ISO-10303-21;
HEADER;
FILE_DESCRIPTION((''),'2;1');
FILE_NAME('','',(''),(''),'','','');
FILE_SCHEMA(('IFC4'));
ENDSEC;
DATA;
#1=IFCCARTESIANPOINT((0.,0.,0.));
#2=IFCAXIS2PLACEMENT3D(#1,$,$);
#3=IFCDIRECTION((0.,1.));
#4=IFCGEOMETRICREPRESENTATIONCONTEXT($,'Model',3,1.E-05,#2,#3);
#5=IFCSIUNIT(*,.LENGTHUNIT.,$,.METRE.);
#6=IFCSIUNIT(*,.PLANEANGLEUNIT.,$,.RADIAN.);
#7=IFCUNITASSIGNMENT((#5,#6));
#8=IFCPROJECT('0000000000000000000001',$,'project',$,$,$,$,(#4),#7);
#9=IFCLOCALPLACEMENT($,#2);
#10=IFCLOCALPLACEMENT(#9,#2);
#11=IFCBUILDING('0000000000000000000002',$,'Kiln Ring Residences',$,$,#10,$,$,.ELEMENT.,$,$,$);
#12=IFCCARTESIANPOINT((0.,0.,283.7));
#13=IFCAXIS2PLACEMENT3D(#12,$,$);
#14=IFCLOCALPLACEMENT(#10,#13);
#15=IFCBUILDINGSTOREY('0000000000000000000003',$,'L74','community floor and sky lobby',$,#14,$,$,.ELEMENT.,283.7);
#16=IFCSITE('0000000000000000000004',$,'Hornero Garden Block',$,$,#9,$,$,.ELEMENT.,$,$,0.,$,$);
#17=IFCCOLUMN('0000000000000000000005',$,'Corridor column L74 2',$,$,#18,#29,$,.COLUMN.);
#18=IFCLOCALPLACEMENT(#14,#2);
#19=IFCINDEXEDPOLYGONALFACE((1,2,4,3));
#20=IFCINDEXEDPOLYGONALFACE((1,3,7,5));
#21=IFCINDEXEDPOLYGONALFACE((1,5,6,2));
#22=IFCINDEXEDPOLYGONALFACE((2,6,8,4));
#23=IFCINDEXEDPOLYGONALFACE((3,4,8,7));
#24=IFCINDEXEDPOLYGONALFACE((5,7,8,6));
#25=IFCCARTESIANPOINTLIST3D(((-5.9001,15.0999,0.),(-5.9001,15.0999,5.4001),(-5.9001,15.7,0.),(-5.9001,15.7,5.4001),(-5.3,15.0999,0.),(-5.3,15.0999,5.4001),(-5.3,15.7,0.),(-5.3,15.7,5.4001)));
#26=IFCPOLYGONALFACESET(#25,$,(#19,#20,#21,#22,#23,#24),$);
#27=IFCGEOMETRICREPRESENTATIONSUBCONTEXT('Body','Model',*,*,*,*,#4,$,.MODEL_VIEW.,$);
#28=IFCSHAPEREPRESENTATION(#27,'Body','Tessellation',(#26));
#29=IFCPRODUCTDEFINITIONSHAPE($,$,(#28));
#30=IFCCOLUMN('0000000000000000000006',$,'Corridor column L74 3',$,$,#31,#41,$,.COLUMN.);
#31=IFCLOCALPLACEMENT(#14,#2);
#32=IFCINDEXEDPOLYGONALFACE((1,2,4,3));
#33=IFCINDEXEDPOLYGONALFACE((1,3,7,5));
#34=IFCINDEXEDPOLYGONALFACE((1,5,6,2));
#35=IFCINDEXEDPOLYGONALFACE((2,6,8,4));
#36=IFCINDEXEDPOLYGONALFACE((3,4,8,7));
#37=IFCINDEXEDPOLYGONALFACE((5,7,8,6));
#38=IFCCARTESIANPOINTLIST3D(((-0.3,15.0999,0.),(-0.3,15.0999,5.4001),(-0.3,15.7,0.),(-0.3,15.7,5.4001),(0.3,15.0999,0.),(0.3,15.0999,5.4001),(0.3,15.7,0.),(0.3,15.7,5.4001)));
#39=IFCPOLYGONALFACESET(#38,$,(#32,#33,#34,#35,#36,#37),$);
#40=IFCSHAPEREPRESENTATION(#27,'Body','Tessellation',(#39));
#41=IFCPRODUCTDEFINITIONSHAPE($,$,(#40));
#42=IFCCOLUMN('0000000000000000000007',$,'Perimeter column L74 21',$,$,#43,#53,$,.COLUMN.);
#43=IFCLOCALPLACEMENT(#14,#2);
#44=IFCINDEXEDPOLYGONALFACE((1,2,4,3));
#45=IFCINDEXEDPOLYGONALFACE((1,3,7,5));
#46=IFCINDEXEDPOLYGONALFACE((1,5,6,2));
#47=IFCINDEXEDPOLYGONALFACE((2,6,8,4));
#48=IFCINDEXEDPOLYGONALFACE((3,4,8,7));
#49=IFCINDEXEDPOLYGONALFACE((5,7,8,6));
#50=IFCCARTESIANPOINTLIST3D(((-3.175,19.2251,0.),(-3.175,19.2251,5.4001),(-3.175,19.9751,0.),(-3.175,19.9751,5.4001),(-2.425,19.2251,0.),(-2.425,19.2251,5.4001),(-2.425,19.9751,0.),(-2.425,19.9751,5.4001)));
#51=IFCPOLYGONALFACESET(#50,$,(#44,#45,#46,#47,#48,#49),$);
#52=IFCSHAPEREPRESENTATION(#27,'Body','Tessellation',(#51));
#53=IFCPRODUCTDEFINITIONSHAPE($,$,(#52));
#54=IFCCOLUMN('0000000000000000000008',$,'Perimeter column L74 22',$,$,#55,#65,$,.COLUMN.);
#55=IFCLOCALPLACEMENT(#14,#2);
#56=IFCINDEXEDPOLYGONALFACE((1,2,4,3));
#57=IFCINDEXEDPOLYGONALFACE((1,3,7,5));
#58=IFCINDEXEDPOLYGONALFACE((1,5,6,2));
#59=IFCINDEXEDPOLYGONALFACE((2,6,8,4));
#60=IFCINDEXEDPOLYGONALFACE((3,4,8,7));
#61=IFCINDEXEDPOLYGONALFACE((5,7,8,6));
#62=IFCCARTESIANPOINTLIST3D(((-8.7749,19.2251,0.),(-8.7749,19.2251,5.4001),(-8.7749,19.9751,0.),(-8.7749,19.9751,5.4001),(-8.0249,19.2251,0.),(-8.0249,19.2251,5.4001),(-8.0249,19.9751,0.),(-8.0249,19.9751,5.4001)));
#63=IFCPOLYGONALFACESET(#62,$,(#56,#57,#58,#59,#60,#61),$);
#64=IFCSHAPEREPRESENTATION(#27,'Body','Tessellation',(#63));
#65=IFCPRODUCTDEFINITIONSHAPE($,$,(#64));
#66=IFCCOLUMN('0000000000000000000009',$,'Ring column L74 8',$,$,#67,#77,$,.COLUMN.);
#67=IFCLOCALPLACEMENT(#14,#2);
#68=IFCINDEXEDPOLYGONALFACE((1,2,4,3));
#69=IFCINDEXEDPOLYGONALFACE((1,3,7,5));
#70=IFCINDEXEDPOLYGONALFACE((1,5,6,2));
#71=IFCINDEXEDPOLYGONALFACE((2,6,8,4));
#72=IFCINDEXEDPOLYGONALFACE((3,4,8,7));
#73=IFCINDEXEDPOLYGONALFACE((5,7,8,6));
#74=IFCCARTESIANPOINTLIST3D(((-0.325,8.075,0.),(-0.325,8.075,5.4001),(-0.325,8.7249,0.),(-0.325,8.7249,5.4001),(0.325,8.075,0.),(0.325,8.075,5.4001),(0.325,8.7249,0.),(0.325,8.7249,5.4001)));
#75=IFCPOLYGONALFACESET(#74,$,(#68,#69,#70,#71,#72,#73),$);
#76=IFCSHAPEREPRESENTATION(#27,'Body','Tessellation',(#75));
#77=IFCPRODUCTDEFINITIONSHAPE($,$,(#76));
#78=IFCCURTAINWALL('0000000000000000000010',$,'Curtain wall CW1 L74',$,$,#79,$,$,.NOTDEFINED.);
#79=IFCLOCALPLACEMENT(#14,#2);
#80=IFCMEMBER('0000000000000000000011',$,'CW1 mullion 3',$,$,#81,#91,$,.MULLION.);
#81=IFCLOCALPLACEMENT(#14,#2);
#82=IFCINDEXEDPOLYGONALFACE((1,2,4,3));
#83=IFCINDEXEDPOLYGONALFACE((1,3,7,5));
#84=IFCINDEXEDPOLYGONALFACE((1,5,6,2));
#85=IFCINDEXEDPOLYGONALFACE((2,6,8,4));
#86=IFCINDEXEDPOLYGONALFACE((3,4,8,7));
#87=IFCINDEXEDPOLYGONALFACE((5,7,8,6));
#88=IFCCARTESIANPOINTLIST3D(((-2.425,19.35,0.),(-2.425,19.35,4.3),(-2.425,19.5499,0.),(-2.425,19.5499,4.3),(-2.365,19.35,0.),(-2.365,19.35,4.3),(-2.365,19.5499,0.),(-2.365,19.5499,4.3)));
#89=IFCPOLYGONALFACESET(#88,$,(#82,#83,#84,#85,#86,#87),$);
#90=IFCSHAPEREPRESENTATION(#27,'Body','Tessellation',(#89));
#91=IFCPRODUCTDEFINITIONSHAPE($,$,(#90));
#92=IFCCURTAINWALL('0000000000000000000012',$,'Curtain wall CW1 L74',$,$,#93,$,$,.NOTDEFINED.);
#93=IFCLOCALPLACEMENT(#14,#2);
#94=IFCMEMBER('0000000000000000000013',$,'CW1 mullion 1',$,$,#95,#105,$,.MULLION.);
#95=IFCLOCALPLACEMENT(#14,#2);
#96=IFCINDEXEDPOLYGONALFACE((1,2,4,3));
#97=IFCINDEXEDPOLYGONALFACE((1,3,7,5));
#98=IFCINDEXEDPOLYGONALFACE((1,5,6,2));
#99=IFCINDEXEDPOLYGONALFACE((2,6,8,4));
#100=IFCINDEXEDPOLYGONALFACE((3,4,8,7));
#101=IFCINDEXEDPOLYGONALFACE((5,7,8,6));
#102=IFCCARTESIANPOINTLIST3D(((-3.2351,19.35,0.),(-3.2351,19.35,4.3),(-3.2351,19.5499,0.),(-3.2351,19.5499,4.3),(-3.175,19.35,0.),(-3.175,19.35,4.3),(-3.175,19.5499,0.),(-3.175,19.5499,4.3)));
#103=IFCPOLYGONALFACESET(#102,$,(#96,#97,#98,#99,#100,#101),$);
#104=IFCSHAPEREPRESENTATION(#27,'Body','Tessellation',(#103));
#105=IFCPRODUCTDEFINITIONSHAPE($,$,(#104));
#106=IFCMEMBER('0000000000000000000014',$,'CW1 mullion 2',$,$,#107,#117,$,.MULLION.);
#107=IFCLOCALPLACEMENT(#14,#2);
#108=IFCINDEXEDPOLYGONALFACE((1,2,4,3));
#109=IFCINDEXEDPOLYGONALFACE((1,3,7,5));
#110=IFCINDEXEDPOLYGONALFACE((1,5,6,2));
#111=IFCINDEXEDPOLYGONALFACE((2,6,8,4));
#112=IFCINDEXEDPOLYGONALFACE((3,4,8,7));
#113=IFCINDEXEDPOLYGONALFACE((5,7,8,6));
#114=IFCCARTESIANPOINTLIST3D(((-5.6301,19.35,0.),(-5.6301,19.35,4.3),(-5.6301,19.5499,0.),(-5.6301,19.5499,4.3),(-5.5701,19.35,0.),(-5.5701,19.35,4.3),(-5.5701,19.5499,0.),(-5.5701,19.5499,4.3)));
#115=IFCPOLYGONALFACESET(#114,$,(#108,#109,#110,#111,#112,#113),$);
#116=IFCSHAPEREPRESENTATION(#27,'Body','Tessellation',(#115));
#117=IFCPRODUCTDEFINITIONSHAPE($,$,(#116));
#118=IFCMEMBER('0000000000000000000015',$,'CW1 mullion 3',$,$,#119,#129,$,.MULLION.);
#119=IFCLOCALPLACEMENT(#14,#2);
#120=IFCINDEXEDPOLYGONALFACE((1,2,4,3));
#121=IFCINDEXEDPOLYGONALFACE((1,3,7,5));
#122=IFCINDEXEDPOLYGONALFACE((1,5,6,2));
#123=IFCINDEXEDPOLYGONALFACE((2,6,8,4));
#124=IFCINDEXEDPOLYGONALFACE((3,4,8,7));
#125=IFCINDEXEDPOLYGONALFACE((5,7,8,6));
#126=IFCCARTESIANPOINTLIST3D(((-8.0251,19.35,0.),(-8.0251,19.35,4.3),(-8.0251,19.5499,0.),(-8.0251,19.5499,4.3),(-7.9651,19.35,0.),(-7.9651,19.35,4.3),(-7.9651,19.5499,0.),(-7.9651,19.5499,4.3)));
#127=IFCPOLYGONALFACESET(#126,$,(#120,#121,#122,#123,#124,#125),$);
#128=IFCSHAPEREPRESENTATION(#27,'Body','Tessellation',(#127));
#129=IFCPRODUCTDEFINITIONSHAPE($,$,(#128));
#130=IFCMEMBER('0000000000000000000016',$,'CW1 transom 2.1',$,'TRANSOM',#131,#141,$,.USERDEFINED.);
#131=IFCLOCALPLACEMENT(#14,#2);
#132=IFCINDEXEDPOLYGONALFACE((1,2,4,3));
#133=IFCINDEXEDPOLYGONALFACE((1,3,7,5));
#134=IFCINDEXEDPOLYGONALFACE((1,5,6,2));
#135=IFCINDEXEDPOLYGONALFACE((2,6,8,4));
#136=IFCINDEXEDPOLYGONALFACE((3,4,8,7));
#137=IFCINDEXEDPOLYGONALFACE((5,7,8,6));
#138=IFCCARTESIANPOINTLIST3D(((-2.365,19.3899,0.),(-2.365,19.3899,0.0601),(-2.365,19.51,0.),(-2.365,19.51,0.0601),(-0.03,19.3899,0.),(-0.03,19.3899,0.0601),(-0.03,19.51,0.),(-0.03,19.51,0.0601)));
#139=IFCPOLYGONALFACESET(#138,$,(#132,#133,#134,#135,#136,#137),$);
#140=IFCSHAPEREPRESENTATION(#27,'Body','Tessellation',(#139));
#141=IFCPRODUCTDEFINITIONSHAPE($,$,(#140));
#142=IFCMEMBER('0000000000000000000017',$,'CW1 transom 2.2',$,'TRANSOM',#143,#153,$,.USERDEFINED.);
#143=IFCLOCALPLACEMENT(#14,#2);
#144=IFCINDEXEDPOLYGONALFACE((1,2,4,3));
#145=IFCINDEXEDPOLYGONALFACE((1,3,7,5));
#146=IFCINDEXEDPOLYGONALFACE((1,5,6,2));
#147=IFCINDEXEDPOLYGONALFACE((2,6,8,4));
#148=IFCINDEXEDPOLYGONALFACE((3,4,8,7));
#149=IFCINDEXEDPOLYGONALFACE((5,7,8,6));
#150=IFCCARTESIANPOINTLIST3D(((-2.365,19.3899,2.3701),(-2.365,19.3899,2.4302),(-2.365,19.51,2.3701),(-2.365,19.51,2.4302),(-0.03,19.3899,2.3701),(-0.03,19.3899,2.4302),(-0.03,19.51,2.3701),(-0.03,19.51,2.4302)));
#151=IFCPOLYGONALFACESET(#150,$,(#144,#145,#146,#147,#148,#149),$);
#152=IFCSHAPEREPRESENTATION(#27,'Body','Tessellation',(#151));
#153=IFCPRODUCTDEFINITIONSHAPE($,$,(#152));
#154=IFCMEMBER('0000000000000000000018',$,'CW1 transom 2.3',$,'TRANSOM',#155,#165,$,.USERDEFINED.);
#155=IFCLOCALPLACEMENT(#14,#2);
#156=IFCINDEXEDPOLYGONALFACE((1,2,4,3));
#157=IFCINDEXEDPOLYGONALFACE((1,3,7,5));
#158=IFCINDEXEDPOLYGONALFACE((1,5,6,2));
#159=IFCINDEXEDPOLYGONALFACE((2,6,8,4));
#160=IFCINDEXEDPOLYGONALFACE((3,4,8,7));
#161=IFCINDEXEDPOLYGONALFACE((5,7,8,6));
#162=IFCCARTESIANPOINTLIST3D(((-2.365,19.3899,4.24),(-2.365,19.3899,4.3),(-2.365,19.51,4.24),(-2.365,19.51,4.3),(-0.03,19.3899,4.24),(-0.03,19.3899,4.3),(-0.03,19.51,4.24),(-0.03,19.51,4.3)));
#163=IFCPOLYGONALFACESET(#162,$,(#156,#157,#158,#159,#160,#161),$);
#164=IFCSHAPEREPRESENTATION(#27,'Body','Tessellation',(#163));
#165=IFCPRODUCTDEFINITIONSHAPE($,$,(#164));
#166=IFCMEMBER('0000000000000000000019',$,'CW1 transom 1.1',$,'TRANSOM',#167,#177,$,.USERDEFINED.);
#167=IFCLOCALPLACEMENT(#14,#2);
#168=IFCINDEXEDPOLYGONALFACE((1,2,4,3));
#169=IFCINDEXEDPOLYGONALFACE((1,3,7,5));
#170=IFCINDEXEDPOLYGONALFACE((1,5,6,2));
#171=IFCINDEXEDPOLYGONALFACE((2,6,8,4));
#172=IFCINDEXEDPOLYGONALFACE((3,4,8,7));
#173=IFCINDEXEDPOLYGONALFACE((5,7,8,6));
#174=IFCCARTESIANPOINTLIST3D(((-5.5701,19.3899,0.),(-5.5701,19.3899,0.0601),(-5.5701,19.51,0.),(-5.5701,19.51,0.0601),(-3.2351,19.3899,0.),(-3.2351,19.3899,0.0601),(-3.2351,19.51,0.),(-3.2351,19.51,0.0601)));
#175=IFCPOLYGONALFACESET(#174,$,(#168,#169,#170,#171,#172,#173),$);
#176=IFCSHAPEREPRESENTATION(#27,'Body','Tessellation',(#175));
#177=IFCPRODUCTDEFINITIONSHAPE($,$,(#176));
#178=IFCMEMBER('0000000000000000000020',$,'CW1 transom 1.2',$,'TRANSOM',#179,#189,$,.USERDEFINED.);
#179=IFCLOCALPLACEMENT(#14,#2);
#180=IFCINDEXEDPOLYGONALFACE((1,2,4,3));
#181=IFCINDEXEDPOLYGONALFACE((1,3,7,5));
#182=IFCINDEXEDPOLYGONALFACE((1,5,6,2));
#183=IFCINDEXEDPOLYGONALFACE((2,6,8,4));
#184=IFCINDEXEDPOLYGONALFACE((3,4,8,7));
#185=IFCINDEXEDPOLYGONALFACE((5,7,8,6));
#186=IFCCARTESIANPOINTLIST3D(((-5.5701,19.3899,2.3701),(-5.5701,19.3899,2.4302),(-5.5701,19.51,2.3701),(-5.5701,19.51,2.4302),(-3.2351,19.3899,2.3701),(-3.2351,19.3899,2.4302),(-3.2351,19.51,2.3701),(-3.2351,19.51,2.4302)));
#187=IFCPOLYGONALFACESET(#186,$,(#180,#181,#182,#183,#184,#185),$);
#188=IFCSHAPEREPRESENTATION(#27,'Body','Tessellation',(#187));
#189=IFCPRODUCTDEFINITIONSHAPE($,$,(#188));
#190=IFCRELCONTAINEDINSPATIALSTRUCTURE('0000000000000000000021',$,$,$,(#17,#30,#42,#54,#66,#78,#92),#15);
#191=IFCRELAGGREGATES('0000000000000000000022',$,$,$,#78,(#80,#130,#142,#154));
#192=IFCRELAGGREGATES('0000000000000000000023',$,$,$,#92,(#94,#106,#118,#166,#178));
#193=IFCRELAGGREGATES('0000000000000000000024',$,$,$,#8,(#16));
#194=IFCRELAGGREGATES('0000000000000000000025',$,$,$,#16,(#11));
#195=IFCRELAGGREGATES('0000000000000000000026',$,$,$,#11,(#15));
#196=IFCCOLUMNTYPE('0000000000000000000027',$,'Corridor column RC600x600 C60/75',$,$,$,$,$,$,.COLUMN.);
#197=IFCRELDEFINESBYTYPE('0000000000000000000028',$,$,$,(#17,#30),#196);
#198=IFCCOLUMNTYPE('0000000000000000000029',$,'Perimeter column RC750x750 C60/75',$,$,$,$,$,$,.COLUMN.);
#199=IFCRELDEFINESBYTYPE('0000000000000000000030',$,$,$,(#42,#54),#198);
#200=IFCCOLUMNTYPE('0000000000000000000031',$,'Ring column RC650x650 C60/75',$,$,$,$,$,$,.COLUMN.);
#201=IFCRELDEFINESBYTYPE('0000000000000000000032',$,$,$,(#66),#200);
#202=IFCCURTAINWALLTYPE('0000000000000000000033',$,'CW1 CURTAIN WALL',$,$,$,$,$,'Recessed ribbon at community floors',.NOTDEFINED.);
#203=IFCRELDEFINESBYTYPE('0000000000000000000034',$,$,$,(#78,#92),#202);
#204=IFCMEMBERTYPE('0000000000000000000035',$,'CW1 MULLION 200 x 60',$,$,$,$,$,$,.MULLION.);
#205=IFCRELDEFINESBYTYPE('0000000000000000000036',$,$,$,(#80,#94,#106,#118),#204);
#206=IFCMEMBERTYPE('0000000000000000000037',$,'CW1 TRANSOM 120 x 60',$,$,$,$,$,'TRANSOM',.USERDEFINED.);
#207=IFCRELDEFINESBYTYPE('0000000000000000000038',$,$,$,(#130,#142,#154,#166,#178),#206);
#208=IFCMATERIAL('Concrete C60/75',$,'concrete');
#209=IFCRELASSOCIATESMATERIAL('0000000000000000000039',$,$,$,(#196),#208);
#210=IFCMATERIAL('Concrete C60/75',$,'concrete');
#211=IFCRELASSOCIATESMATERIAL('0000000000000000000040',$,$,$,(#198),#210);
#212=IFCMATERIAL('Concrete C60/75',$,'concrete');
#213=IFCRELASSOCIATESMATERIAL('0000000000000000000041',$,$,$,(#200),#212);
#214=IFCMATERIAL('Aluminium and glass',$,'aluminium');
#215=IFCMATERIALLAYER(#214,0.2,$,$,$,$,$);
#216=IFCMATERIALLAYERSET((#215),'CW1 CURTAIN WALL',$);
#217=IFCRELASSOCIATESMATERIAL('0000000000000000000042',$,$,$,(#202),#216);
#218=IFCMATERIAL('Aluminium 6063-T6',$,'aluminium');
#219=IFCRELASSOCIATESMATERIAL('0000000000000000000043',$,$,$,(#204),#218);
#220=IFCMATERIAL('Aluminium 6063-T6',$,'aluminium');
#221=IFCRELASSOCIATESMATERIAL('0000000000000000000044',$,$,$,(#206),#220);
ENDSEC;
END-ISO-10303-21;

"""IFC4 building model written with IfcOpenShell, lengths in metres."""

from ifc_helpers import new_model, si_unit, direction, frame, origin, origin_2d, place, context, subcontext, project, spatial, rectangle, extrude, material, layer, layer_set, material_profile, profile_set, type_object, element, aggregate, save


model = new_model("IFC4")

# Units and contexts
model_context = context("Model", 3, precision=1e-05, world=origin(), true_north=direction((0.0, 1.0)))
body_context = subcontext(model_context, "Body", "Model", "MODEL_VIEW")
ifc_project = project(units=[si_unit("LENGTHUNIT", "METRE"), si_unit("PLANEANGLEUNIT", "RADIAN")], contexts=[model_context])

# Site, building, storey
site_placement = place(None, origin())
site = spatial("IfcSite", under=ifc_project, at=site_placement, Name="Hornero Garden Block", CompositionType="ELEMENT", RefElevation=0.0)
building_placement = place(site_placement, origin())
building = spatial("IfcBuilding", under=site, at=building_placement, Name="Kiln Ring Residences", CompositionType="ELEMENT")
storey_placement = place(building_placement, frame((0.0, 0.0, 283.7)))
storey = spatial("IfcBuildingStorey", under=building, at=storey_placement, Name="L74", Description="community floor and sky lobby", CompositionType="ELEMENT", Elevation=283.7)

# Columns
ifc_material_1 = material(Name="Concrete C60/75", Category="concrete")
ifc_material_profile_1 = material_profile(ifc_material_1, rectangle(XDim=0.6001, YDim=0.6001, at=origin_2d()), Name="RC600x600")
ifc_profile_set_1 = profile_set([ifc_material_profile_1], Name="Concrete C60/75")
column_type_1 = type_object("IfcColumnType", Name="Corridor column RC600x600 C60/75", PredefinedType="COLUMN", material=ifc_profile_set_1)
for number, where, z_axis, x_axis, name in (
    (1, (-5.6001, 15.3999, 0.0), (0.0, 0.0, 1.0), (1.0, 0.0, 0.0), "Corridor column L74 2"),
    (2, (0.0, 15.3999, 0.0), (0.0, 0.0, 1.0), (1.0, 0.0, 0.0), "Corridor column L74 3"),
):
    element("IfcColumn", number, at=place(storey_placement, frame(where, z_axis=z_axis, x_axis=x_axis)), inside=storey, type_object=column_type_1, Name=name, PredefinedType="COLUMN", context=body_context, shape_type="SweptSolid", body=[
        extrude(rectangle(XDim=0.6001, YDim=0.6001, at=origin_2d()), origin(), (0.0, 0.0, 1.0), 5.4001),
    ])
ifc_material_2 = material(Name="Concrete C60/75", Category="concrete")
ifc_material_profile_2 = material_profile(ifc_material_2, rectangle(XDim=0.75, YDim=0.75, at=origin_2d()), Name="RC750x750")
ifc_profile_set_2 = profile_set([ifc_material_profile_2], Name="Concrete C60/75")
column_type_2 = type_object("IfcColumnType", Name="Perimeter column RC750x750 C60/75", PredefinedType="COLUMN", material=ifc_profile_set_2)
for number, where, z_axis, x_axis, name in (
    (3, (-2.8, 19.6001, 0.0), (0.0, 0.0, 1.0), (1.0, 0.0, 0.0), "Perimeter column L74 21"),
    (4, (-8.3999, 19.6001, 0.0), (0.0, 0.0, 1.0), (1.0, 0.0, 0.0), "Perimeter column L74 22"),
):
    element("IfcColumn", number, at=place(storey_placement, frame(where, z_axis=z_axis, x_axis=x_axis)), inside=storey, type_object=column_type_2, Name=name, PredefinedType="COLUMN", context=body_context, shape_type="SweptSolid", body=[
        extrude(rectangle(XDim=0.75, YDim=0.75, at=origin_2d()), origin(), (0.0, 0.0, 1.0), 5.4001),
    ])
ifc_material_3 = material(Name="Concrete C60/75", Category="concrete")
ifc_material_profile_3 = material_profile(ifc_material_3, rectangle(XDim=0.6499, YDim=0.6499, at=origin_2d()), Name="RC650x650")
ifc_profile_set_3 = profile_set([ifc_material_profile_3], Name="Concrete C60/75")
column_type_3 = type_object("IfcColumnType", Name="Ring column RC650x650 C60/75", PredefinedType="COLUMN", material=ifc_profile_set_3)
column_placement = place(storey_placement, frame((0.0, 8.3999, 0.0), z_axis=(0.0, 0.0, 1.0), x_axis=(1.0, 0.0, 0.0)))
element("IfcColumn", 5, at=column_placement, inside=storey, type_object=column_type_3, Name="Ring column L74 8", PredefinedType="COLUMN", context=body_context, shape_type="SweptSolid", body=[
    extrude(rectangle(XDim=0.6499, YDim=0.6499, at=origin_2d()), origin(), (0.0, 0.0, 1.0), 5.4001),
])

# Curtain wall, member
ifc_material_4 = material(Name="Aluminium and glass", Category="aluminium")
ifc_layer_1 = layer(ifc_material_4, 0.2)
ifc_layer_set_1 = layer_set([ifc_layer_1], Name="CW1 CURTAIN WALL")
curtain_wall_type = type_object("IfcCurtainWallType", Name="CW1 CURTAIN WALL", ElementType="Recessed ribbon at community floors", PredefinedType="NOTDEFINED", material=ifc_layer_set_1)
placement = place(storey_placement, origin())
curtain_wall_1 = element("IfcCurtainWall", 6, at=placement, inside=storey, type_object=curtain_wall_type, Name="Curtain wall CW1 L74", PredefinedType="NOTDEFINED")
ifc_material_5 = material(Name="Aluminium 6063-T6", Category="aluminium")
ifc_material_profile_4 = material_profile(ifc_material_5, rectangle(XDim=0.2, YDim=0.0601, at=origin_2d()), Name="AL 200x60")
ifc_profile_set_4 = profile_set([ifc_material_profile_4], Name="Aluminium 6063-T6")
member_type_1 = type_object("IfcMemberType", Name="CW1 MULLION 200 x 60", PredefinedType="MULLION", material=ifc_profile_set_4)
member_1_placement = place(storey_placement, frame((-2.395, 19.45, 0.0), z_axis=(0.0, 0.0, 1.0), x_axis=(0.0, -1.0, 0.0)))
member_1 = element("IfcMember", 7, at=member_1_placement, type_object=member_type_1, Name="CW1 mullion 3", PredefinedType="MULLION", context=body_context, shape_type="SweptSolid", body=[
    extrude(rectangle(XDim=0.2, YDim=0.0601, at=origin_2d()), origin(), (0.0, 0.0, 1.0), 4.3),
])

# Curtain wall, members
curtain_wall_2 = element("IfcCurtainWall", 8, at=placement, inside=storey, type_object=curtain_wall_type, Name="Curtain wall CW1 L74", PredefinedType="NOTDEFINED")
member_2_placement = place(storey_placement, frame((-3.2051, 19.45, 0.0), z_axis=(0.0, 0.0, 1.0), x_axis=(0.0, -1.0, 0.0)))
member_2 = element("IfcMember", 9, at=member_2_placement, type_object=member_type_1, Name="CW1 mullion 1", PredefinedType="MULLION", context=body_context, shape_type="SweptSolid", body=[
    extrude(rectangle(XDim=0.2, YDim=0.0601, at=origin_2d()), origin(), (0.0, 0.0, 1.0), 4.3),
])
member_3_placement = place(storey_placement, frame((-5.6001, 19.45, 0.0), z_axis=(0.0, 0.0, 1.0), x_axis=(0.0, -1.0, 0.0)))
member_3 = element("IfcMember", 10, at=member_3_placement, type_object=member_type_1, Name="CW1 mullion 2", PredefinedType="MULLION", context=body_context, shape_type="SweptSolid", body=[
    extrude(rectangle(XDim=0.2, YDim=0.0601, at=origin_2d()), origin(), (0.0, 0.0, 1.0), 4.3),
])
member_4_placement = place(storey_placement, frame((-7.9951, 19.45, 0.0), z_axis=(0.0, 0.0, 1.0), x_axis=(0.0, -1.0, 0.0)))
member_4 = element("IfcMember", 11, at=member_4_placement, type_object=member_type_1, Name="CW1 mullion 3", PredefinedType="MULLION", context=body_context, shape_type="SweptSolid", body=[
    extrude(rectangle(XDim=0.2, YDim=0.0601, at=origin_2d()), origin(), (0.0, 0.0, 1.0), 4.3),
])

# Members
ifc_material_6 = material(Name="Aluminium 6063-T6", Category="aluminium")
ifc_material_profile_5 = material_profile(ifc_material_6, rectangle(XDim=0.1201, YDim=0.0601, at=origin_2d()), Name="AL 120x60")
ifc_profile_set_5 = profile_set([ifc_material_profile_5], Name="Aluminium 6063-T6")
member_type_2 = type_object("IfcMemberType", Name="CW1 TRANSOM 120 x 60", ElementType="TRANSOM", PredefinedType="USERDEFINED", material=ifc_profile_set_5)
member_5_placement = place(storey_placement, frame((-0.03, 19.45, 0.03), z_axis=(-1.0, 0.0, 0.0), x_axis=(0.0, -1.0, 0.0)))
member_5 = element("IfcMember", 12, at=member_5_placement, type_object=member_type_2, Name="CW1 transom 2.1", ObjectType="TRANSOM", PredefinedType="USERDEFINED", context=body_context, shape_type="SweptSolid", body=[
    extrude(rectangle(XDim=0.1201, YDim=0.0601, at=origin_2d()), origin(), (0.0, 0.0, 1.0), 2.335),
])
member_6_placement = place(storey_placement, frame((-0.03, 19.45, 2.4001), z_axis=(-1.0, 0.0, 0.0), x_axis=(0.0, -1.0, 0.0)))
member_6 = element("IfcMember", 13, at=member_6_placement, type_object=member_type_2, Name="CW1 transom 2.2", ObjectType="TRANSOM", PredefinedType="USERDEFINED", context=body_context, shape_type="SweptSolid", body=[
    extrude(rectangle(XDim=0.1201, YDim=0.0601, at=origin_2d()), origin(), (0.0, 0.0, 1.0), 2.335),
])
member_7_placement = place(storey_placement, frame((-0.03, 19.45, 4.27), z_axis=(-1.0, 0.0, 0.0), x_axis=(0.0, -1.0, 0.0)))
member_7 = element("IfcMember", 14, at=member_7_placement, type_object=member_type_2, Name="CW1 transom 2.3", ObjectType="TRANSOM", PredefinedType="USERDEFINED", context=body_context, shape_type="SweptSolid", body=[
    extrude(rectangle(XDim=0.1201, YDim=0.0601, at=origin_2d()), origin(), (0.0, 0.0, 1.0), 2.335),
])
member_8_placement = place(storey_placement, frame((-3.2351, 19.45, 0.03), z_axis=(-1.0, 0.0, 0.0), x_axis=(0.0, -1.0, 0.0)))
member_8 = element("IfcMember", 15, at=member_8_placement, type_object=member_type_2, Name="CW1 transom 1.1", ObjectType="TRANSOM", PredefinedType="USERDEFINED", context=body_context, shape_type="SweptSolid", body=[
    extrude(rectangle(XDim=0.1201, YDim=0.0601, at=origin_2d()), origin(), (0.0, 0.0, 1.0), 2.335),
])
member_9_placement = place(storey_placement, frame((-3.2351, 19.45, 2.4001), z_axis=(-1.0, 0.0, 0.0), x_axis=(0.0, -1.0, 0.0)))
member_9 = element("IfcMember", 16, at=member_9_placement, type_object=member_type_2, Name="CW1 transom 1.2", ObjectType="TRANSOM", PredefinedType="USERDEFINED", context=body_context, shape_type="SweptSolid", body=[
    extrude(rectangle(XDim=0.1201, YDim=0.0601, at=origin_2d()), origin(), (0.0, 0.0, 1.0), 2.335),
])

aggregate(curtain_wall_1, [member_1, member_5, member_6, member_7])
aggregate(curtain_wall_2, [member_2, member_3, member_4, member_8, member_9])

save(model, "model.ifc")
